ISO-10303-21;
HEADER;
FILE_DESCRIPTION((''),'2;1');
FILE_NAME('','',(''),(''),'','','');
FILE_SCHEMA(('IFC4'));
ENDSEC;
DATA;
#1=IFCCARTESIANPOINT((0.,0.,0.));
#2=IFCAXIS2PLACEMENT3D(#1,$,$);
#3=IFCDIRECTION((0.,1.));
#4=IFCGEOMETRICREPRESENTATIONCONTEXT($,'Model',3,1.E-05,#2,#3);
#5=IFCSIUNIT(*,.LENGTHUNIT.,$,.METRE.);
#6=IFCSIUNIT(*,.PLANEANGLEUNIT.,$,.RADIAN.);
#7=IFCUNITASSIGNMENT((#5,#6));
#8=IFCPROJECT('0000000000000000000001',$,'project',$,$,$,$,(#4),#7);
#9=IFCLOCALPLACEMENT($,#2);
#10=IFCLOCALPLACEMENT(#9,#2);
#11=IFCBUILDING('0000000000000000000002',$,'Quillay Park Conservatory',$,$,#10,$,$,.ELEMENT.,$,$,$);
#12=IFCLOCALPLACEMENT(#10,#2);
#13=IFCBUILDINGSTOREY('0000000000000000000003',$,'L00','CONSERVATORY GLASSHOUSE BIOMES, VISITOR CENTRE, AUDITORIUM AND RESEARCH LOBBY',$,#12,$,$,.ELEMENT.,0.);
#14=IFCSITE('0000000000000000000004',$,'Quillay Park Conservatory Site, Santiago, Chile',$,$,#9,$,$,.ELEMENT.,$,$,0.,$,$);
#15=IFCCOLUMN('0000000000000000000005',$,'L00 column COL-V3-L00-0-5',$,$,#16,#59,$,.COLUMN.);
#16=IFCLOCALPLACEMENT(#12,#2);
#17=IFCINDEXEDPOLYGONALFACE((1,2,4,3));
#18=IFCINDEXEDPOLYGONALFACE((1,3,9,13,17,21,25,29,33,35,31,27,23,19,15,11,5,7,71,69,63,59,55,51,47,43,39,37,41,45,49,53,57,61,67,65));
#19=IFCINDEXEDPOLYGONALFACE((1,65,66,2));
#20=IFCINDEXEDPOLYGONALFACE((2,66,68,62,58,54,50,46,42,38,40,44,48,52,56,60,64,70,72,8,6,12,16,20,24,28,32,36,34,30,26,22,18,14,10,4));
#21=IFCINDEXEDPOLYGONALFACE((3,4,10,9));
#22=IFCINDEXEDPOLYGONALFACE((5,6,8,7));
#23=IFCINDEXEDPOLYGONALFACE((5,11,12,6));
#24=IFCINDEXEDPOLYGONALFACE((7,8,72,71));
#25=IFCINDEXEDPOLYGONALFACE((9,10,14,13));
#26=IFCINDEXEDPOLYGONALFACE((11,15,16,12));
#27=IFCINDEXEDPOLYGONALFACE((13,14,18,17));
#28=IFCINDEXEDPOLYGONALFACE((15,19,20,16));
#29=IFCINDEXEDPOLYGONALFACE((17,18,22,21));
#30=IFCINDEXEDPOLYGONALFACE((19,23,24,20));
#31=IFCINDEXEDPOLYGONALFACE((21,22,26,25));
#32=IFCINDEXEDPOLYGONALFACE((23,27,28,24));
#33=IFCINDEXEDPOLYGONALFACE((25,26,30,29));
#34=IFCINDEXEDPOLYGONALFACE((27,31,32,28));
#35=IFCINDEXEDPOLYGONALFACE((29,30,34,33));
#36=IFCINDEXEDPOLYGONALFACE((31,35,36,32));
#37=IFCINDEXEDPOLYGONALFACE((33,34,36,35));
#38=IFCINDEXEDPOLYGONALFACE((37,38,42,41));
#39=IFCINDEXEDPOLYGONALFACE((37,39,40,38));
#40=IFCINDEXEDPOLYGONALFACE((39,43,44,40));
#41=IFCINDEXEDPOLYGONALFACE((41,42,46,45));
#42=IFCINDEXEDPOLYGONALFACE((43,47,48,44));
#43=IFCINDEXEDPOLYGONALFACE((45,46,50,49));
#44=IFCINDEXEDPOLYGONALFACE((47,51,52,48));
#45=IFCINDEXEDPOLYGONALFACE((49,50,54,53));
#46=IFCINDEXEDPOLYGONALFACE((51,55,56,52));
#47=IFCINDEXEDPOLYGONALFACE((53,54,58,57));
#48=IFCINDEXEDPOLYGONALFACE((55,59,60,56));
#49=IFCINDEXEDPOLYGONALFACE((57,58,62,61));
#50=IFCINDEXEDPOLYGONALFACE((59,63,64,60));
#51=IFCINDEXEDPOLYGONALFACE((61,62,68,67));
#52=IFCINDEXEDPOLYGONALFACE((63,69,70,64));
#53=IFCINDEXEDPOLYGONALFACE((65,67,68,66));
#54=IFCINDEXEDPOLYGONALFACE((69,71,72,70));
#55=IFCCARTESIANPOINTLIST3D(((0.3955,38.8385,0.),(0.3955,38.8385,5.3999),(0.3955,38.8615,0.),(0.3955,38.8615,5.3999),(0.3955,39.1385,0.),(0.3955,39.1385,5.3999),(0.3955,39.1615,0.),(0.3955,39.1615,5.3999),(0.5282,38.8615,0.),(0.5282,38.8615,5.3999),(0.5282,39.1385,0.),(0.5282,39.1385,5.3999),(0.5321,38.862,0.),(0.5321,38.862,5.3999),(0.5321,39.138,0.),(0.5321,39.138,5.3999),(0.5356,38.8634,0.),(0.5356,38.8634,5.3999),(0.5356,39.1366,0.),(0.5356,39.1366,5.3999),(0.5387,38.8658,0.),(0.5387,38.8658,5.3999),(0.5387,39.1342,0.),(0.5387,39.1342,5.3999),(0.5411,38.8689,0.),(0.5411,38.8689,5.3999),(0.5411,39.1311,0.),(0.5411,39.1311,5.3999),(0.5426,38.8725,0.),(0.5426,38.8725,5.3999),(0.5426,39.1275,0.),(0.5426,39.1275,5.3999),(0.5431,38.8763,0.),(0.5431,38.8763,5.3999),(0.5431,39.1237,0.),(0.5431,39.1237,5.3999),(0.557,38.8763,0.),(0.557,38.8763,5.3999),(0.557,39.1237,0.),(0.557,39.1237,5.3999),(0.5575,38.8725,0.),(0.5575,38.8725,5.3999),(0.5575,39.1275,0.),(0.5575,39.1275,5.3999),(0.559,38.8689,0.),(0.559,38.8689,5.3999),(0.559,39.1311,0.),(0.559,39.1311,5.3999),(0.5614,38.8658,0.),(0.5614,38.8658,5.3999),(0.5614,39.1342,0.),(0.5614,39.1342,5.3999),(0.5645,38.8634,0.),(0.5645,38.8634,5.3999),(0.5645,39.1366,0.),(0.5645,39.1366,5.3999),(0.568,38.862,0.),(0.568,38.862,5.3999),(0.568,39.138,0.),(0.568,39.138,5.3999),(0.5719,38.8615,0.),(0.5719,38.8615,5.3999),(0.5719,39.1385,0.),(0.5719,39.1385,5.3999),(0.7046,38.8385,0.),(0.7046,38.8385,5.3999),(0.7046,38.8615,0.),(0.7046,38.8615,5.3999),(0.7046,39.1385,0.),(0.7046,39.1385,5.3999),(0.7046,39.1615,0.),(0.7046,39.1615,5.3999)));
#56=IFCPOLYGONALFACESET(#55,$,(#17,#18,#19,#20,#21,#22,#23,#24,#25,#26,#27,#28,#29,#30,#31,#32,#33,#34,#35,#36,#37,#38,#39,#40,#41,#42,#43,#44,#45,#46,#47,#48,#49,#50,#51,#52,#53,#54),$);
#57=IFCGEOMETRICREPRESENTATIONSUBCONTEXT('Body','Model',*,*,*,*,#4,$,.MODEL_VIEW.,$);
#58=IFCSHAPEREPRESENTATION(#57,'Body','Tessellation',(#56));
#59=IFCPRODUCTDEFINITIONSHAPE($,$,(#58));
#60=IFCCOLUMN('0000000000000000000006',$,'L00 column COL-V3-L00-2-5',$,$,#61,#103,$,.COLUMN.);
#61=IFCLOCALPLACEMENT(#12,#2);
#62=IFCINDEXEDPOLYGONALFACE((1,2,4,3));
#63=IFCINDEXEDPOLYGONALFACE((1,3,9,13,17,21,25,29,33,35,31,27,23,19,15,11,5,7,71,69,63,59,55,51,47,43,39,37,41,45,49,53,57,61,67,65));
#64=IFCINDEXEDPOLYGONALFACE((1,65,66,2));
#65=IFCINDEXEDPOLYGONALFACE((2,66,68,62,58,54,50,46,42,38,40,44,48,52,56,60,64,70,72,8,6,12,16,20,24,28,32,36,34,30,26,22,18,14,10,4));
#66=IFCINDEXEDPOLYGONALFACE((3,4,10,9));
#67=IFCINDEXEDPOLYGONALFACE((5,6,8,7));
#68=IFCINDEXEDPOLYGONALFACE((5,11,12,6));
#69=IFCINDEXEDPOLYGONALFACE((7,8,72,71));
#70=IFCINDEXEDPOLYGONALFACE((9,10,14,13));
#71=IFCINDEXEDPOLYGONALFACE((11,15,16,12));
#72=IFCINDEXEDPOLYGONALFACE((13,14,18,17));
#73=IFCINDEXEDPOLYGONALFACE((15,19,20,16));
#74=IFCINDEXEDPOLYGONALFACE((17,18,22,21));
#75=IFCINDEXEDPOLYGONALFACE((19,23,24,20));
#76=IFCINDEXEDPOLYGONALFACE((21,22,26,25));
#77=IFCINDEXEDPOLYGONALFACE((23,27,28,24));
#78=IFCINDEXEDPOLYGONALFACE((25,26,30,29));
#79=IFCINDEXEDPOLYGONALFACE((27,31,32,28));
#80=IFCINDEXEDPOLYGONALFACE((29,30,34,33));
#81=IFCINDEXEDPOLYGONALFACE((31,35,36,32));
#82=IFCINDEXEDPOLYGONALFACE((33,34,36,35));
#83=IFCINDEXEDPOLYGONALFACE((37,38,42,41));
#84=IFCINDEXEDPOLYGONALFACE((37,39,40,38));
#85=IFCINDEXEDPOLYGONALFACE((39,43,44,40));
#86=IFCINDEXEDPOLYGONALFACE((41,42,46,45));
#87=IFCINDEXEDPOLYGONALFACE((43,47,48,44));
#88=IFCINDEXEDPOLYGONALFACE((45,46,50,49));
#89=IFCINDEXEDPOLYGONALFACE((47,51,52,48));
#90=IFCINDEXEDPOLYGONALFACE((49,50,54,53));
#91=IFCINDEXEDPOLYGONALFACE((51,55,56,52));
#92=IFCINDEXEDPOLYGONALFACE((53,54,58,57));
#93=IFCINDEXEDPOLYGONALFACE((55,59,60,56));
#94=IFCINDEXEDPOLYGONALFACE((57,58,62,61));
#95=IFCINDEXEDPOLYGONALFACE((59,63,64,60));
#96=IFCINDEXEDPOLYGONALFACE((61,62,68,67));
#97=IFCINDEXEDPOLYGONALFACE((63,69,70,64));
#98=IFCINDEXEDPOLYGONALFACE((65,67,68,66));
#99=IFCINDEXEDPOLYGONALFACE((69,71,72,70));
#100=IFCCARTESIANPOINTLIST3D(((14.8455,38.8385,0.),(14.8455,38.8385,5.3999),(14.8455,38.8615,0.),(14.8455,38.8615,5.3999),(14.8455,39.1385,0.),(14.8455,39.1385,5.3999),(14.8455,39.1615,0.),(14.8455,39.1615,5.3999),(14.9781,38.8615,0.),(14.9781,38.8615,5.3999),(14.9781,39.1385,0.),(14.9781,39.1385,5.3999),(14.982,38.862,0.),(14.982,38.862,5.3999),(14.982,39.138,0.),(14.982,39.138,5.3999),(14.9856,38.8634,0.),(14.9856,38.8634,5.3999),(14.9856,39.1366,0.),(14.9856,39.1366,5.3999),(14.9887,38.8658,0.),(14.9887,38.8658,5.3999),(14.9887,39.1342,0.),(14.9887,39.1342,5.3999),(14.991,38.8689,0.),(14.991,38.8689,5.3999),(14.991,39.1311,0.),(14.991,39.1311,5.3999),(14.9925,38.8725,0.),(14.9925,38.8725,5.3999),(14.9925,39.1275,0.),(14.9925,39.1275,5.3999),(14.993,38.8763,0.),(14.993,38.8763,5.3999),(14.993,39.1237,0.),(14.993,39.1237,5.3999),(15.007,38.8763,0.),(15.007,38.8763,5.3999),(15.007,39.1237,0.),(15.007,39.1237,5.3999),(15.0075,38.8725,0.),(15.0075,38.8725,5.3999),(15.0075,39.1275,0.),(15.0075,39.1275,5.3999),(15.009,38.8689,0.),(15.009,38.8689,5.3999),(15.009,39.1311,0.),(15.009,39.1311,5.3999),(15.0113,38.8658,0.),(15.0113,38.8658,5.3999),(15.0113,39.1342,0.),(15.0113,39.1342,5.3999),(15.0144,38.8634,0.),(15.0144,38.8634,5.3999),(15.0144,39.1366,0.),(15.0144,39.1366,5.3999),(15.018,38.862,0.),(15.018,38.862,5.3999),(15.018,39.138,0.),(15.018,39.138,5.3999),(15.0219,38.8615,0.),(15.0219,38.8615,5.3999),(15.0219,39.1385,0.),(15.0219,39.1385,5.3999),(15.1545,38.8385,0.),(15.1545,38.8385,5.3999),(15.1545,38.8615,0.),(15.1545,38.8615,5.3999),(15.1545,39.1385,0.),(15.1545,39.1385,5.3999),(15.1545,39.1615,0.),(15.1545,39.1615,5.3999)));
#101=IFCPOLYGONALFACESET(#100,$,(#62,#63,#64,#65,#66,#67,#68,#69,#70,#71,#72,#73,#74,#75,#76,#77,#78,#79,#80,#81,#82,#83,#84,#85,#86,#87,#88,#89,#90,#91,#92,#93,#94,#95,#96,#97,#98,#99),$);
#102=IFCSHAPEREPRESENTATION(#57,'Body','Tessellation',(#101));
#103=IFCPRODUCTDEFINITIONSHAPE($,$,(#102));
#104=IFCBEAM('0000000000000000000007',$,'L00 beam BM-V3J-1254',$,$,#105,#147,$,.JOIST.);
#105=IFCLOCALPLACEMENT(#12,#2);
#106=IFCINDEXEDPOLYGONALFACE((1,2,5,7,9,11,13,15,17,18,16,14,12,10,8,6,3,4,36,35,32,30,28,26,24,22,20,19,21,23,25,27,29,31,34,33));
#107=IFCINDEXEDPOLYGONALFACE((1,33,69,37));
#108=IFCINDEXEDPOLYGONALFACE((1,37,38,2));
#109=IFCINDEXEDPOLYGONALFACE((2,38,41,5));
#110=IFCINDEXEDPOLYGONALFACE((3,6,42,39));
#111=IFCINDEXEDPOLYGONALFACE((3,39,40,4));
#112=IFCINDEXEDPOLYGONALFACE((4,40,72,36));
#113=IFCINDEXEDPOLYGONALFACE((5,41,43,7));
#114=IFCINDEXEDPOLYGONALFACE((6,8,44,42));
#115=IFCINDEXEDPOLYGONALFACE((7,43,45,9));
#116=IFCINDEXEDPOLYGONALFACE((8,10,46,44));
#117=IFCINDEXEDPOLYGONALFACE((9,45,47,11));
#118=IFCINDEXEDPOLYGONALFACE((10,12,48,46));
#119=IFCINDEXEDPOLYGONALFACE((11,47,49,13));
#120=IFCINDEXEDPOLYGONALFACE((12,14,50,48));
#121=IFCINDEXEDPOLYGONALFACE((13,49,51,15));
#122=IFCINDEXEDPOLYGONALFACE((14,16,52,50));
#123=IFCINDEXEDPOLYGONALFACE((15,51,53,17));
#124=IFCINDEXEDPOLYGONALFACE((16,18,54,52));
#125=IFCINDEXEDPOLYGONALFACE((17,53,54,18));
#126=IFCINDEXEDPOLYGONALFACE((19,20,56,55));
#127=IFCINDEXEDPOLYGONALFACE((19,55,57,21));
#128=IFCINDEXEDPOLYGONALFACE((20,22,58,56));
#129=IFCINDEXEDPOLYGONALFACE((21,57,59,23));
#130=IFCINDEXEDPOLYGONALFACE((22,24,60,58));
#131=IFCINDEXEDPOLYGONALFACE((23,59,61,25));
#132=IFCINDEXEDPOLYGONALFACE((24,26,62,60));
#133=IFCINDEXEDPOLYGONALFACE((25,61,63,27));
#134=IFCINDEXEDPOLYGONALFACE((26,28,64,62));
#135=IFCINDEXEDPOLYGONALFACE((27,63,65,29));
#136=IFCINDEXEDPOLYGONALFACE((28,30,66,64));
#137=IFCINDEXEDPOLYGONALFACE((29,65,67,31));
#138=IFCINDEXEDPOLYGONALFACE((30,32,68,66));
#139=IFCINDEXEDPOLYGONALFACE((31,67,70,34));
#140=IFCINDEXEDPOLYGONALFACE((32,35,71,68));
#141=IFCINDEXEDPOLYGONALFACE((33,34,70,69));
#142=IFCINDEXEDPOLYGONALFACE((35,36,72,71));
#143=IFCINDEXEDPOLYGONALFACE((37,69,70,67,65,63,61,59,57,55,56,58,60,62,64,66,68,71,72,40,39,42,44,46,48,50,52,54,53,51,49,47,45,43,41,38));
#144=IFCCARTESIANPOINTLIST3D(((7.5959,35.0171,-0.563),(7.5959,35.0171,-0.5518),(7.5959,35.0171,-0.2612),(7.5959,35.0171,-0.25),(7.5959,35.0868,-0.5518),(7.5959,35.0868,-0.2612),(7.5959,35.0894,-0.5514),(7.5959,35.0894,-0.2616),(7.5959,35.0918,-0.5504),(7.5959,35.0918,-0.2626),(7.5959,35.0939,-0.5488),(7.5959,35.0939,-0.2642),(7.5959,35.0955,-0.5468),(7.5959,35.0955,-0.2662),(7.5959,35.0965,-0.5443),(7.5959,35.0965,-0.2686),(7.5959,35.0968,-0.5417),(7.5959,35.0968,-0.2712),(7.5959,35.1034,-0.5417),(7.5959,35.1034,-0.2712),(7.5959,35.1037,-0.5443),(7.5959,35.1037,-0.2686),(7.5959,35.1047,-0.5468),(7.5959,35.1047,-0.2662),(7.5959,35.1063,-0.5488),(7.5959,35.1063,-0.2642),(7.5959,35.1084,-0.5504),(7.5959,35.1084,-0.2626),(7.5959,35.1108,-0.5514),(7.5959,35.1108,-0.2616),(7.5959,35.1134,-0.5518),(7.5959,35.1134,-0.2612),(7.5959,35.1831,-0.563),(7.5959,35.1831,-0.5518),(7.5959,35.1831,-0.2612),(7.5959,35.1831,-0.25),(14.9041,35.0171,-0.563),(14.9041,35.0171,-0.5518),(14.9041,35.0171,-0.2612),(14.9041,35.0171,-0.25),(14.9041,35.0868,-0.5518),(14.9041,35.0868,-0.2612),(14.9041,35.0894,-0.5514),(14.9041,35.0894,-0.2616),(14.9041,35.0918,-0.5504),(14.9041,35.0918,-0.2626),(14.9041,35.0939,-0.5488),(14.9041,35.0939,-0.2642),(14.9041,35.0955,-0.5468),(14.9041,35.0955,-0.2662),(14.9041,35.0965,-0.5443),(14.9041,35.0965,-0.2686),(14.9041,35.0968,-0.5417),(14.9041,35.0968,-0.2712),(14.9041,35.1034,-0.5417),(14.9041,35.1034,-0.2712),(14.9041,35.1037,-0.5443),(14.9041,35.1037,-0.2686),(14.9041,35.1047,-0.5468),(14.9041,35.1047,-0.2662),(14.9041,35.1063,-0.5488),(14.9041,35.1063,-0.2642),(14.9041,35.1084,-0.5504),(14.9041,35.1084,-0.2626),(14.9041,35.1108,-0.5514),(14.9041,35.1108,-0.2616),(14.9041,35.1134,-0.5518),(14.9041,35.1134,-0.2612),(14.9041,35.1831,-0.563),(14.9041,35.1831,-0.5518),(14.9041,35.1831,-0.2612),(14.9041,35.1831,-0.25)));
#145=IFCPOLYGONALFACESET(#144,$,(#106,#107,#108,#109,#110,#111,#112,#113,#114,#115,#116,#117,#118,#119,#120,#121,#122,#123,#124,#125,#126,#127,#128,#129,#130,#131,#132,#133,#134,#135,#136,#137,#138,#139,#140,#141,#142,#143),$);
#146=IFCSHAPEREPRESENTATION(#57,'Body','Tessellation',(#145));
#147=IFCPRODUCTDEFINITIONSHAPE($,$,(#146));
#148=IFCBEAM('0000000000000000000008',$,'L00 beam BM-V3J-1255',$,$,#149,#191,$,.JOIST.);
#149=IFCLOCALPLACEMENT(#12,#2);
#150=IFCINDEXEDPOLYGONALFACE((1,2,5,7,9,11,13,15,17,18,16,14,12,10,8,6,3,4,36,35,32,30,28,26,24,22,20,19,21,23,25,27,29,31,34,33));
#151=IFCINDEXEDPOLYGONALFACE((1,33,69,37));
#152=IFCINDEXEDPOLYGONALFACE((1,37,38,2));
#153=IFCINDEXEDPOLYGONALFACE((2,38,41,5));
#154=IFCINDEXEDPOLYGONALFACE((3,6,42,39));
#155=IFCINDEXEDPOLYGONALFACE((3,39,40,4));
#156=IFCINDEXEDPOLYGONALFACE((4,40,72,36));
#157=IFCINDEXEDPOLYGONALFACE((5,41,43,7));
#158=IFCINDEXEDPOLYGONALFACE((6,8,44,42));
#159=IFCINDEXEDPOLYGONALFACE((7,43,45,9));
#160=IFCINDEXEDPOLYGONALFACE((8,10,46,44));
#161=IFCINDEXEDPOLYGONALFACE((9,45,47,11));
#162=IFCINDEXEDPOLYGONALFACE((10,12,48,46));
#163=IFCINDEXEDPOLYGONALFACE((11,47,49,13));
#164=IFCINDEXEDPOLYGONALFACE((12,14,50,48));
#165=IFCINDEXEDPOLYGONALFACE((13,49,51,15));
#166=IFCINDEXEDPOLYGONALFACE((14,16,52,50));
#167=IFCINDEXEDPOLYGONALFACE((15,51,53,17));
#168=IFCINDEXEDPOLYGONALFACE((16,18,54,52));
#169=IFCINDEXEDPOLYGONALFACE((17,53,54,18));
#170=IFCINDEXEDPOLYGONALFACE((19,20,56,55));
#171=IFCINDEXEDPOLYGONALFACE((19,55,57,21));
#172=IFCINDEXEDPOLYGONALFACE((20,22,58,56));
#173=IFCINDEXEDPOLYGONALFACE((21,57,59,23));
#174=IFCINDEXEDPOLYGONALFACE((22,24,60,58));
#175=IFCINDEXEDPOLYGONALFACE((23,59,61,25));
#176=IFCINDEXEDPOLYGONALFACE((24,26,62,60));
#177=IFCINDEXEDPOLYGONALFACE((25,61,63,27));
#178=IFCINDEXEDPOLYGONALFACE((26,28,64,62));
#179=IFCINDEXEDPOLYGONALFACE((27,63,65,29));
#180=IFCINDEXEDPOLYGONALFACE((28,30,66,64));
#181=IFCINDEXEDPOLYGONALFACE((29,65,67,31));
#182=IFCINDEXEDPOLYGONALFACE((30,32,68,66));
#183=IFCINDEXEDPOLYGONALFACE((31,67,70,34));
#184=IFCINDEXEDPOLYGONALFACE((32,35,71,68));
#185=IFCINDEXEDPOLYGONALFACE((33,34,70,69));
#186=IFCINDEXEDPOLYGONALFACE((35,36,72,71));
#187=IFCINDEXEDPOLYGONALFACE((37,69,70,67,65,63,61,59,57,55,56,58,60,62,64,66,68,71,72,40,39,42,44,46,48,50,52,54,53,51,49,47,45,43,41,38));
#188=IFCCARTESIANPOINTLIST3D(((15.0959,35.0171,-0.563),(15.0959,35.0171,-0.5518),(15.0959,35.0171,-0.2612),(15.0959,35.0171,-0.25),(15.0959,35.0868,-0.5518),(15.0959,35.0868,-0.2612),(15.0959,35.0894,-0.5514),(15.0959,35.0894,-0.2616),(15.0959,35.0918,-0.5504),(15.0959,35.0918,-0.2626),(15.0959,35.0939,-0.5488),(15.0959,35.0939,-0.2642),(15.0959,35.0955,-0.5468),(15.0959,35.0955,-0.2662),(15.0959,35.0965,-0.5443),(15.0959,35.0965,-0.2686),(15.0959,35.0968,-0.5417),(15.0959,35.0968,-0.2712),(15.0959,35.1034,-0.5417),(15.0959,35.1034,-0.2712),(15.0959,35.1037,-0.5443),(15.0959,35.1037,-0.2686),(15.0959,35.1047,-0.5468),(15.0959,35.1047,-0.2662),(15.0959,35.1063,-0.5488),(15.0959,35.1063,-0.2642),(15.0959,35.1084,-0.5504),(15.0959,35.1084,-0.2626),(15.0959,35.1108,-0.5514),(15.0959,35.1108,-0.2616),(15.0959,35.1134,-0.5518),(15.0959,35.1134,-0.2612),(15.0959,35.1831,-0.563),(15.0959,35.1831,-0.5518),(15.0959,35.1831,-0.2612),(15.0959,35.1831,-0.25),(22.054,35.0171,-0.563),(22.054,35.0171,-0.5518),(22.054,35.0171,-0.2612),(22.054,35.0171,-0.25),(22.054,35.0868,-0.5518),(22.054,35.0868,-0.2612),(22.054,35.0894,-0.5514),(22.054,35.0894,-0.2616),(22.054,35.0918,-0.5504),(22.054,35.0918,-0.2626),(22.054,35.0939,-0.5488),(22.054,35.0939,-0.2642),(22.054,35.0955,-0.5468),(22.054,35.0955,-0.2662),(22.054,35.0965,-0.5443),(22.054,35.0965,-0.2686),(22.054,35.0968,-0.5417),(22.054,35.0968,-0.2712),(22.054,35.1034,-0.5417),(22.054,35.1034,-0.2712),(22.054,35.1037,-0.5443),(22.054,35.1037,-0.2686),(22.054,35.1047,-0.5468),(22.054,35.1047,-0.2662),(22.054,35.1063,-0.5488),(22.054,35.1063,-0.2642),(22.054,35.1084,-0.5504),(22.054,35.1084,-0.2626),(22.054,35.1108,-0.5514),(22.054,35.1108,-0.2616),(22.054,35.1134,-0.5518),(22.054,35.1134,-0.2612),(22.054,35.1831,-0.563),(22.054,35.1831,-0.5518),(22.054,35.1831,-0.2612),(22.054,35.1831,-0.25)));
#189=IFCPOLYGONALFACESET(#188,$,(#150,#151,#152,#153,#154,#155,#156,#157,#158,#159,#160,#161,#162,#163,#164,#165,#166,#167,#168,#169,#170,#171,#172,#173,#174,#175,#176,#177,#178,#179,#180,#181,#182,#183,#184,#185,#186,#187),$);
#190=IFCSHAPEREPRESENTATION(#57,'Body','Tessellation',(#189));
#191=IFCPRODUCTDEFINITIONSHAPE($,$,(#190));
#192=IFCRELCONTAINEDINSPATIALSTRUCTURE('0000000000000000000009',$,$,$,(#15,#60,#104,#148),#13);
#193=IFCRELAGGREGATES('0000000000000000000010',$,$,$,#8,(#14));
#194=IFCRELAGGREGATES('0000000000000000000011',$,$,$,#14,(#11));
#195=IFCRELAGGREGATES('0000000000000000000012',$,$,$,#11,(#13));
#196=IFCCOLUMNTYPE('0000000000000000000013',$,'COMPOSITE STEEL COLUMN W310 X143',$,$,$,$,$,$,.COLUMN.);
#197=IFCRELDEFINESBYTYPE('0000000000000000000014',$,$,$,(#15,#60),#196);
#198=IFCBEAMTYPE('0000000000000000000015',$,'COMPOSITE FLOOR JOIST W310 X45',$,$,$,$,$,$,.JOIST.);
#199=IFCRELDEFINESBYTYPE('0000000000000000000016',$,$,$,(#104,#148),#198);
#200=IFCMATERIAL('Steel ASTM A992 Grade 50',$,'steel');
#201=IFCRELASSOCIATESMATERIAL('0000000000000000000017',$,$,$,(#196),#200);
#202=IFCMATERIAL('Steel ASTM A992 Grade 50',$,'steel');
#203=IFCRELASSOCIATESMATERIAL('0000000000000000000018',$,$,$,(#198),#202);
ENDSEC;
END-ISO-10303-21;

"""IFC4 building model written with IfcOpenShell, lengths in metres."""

from ifc_helpers import new_model, si_unit, direction, frame, origin, origin_2d, place, context, subcontext, project, spatial, i_section, extrude, material, material_profile, profile_set, type_object, element, save


model = new_model("IFC4")

# Units and contexts
model_context = context("Model", 3, precision=1e-05, world=origin(), true_north=direction((0.0, 1.0)))
body_context = subcontext(model_context, "Body", "Model", "MODEL_VIEW")
ifc_project = project(units=[si_unit("LENGTHUNIT", "METRE"), si_unit("PLANEANGLEUNIT", "RADIAN")], contexts=[model_context])

# Site, building, storey
site_placement = place(None, origin())
site = spatial("IfcSite", under=ifc_project, at=site_placement, Name="Quillay Park Conservatory Site, Santiago, Chile", CompositionType="ELEMENT", RefElevation=0.0)
building_placement = place(site_placement, origin())
building = spatial("IfcBuilding", under=site, at=building_placement, Name="Quillay Park Conservatory", CompositionType="ELEMENT")
storey_placement = place(building_placement, origin())
storey = spatial("IfcBuildingStorey", under=building, at=storey_placement, Name="L00", Description="CONSERVATORY GLASSHOUSE BIOMES, VISITOR CENTRE, AUDITORIUM AND RESEARCH LOBBY", CompositionType="ELEMENT", Elevation=0.0)

# Columns
ifc_material_1 = material(Name="Steel ASTM A992 Grade 50", Category="steel")
ifc_material_profile_1 = material_profile(ifc_material_1, i_section(OverallWidth=0.3091, OverallDepth=0.323, WebThickness=0.0139, FlangeThickness=0.0229, FilletRadius=0.0149, at=origin_2d()), Name="W310x143")
ifc_profile_set_1 = profile_set([ifc_material_profile_1], Name="Steel ASTM A992 Grade 50")
column_type = type_object("IfcColumnType", Name="COMPOSITE STEEL COLUMN W310 X143", PredefinedType="COLUMN", material=ifc_profile_set_1)
for number, where, z_axis, x_axis, name in (
    (1, (0.55, 39.0, 0.0), (0.0, 0.0, 1.0), (1.0, 0.0, 0.0), "L00 column COL-V3-L00-0-5"),
    (2, (15.0, 39.0, 0.0), (0.0, 0.0, 1.0), (1.0, 0.0, 0.0), "L00 column COL-V3-L00-2-5"),
):
    element("IfcColumn", number, at=place(storey_placement, frame(where, z_axis=z_axis, x_axis=x_axis)), inside=storey, type_object=column_type, Name=name, PredefinedType="COLUMN", context=body_context, shape_type="SweptSolid", body=[
        extrude(i_section(OverallWidth=0.3091, OverallDepth=0.323, WebThickness=0.0139, FlangeThickness=0.0229, FilletRadius=0.0149, at=origin_2d()), origin(), (0.0, 0.0, 1.0), 5.3999),
    ])

# Beams
ifc_material_2 = material(Name="Steel ASTM A992 Grade 50", Category="steel")
ifc_material_profile_2 = material_profile(ifc_material_2, i_section(OverallWidth=0.166, OverallDepth=0.313, WebThickness=0.0066, FlangeThickness=0.0112, FilletRadius=0.01, at=origin_2d()), Name="W310x45")
ifc_profile_set_2 = profile_set([ifc_material_profile_2], Name="Steel ASTM A992 Grade 50")
beam_type_1 = type_object("IfcBeamType", Name="COMPOSITE FLOOR JOIST W310 X45", PredefinedType="JOIST", material=ifc_profile_set_2)
beam_1_placement = place(storey_placement, frame((7.5959, 35.1001, -0.4065), z_axis=(1.0, 0.0, 0.0), x_axis=(0.0, 1.0, 0.0)))
element("IfcBeam", 3, at=beam_1_placement, inside=storey, type_object=beam_type_1, Name="L00 beam BM-V3J-1254", PredefinedType="JOIST", context=body_context, shape_type="SweptSolid", body=[
    extrude(i_section(OverallWidth=0.166, OverallDepth=0.313, WebThickness=0.0066, FlangeThickness=0.0112, FilletRadius=0.01, at=origin_2d()), origin(), (0.0, 0.0, 1.0), 7.3081),
])
beam_2_placement = place(storey_placement, frame((15.0959, 35.1001, -0.4065), z_axis=(1.0, 0.0, 0.0), x_axis=(0.0, 1.0, 0.0)))
element("IfcBeam", 4, at=beam_2_placement, inside=storey, type_object=beam_type_1, Name="L00 beam BM-V3J-1255", PredefinedType="JOIST", context=body_context, shape_type="SweptSolid", body=[
    extrude(i_section(OverallWidth=0.166, OverallDepth=0.313, WebThickness=0.0066, FlangeThickness=0.0112, FilletRadius=0.01, at=origin_2d()), origin(), (0.0, 0.0, 1.0), 6.958),
])

save(model, "model.ifc")
